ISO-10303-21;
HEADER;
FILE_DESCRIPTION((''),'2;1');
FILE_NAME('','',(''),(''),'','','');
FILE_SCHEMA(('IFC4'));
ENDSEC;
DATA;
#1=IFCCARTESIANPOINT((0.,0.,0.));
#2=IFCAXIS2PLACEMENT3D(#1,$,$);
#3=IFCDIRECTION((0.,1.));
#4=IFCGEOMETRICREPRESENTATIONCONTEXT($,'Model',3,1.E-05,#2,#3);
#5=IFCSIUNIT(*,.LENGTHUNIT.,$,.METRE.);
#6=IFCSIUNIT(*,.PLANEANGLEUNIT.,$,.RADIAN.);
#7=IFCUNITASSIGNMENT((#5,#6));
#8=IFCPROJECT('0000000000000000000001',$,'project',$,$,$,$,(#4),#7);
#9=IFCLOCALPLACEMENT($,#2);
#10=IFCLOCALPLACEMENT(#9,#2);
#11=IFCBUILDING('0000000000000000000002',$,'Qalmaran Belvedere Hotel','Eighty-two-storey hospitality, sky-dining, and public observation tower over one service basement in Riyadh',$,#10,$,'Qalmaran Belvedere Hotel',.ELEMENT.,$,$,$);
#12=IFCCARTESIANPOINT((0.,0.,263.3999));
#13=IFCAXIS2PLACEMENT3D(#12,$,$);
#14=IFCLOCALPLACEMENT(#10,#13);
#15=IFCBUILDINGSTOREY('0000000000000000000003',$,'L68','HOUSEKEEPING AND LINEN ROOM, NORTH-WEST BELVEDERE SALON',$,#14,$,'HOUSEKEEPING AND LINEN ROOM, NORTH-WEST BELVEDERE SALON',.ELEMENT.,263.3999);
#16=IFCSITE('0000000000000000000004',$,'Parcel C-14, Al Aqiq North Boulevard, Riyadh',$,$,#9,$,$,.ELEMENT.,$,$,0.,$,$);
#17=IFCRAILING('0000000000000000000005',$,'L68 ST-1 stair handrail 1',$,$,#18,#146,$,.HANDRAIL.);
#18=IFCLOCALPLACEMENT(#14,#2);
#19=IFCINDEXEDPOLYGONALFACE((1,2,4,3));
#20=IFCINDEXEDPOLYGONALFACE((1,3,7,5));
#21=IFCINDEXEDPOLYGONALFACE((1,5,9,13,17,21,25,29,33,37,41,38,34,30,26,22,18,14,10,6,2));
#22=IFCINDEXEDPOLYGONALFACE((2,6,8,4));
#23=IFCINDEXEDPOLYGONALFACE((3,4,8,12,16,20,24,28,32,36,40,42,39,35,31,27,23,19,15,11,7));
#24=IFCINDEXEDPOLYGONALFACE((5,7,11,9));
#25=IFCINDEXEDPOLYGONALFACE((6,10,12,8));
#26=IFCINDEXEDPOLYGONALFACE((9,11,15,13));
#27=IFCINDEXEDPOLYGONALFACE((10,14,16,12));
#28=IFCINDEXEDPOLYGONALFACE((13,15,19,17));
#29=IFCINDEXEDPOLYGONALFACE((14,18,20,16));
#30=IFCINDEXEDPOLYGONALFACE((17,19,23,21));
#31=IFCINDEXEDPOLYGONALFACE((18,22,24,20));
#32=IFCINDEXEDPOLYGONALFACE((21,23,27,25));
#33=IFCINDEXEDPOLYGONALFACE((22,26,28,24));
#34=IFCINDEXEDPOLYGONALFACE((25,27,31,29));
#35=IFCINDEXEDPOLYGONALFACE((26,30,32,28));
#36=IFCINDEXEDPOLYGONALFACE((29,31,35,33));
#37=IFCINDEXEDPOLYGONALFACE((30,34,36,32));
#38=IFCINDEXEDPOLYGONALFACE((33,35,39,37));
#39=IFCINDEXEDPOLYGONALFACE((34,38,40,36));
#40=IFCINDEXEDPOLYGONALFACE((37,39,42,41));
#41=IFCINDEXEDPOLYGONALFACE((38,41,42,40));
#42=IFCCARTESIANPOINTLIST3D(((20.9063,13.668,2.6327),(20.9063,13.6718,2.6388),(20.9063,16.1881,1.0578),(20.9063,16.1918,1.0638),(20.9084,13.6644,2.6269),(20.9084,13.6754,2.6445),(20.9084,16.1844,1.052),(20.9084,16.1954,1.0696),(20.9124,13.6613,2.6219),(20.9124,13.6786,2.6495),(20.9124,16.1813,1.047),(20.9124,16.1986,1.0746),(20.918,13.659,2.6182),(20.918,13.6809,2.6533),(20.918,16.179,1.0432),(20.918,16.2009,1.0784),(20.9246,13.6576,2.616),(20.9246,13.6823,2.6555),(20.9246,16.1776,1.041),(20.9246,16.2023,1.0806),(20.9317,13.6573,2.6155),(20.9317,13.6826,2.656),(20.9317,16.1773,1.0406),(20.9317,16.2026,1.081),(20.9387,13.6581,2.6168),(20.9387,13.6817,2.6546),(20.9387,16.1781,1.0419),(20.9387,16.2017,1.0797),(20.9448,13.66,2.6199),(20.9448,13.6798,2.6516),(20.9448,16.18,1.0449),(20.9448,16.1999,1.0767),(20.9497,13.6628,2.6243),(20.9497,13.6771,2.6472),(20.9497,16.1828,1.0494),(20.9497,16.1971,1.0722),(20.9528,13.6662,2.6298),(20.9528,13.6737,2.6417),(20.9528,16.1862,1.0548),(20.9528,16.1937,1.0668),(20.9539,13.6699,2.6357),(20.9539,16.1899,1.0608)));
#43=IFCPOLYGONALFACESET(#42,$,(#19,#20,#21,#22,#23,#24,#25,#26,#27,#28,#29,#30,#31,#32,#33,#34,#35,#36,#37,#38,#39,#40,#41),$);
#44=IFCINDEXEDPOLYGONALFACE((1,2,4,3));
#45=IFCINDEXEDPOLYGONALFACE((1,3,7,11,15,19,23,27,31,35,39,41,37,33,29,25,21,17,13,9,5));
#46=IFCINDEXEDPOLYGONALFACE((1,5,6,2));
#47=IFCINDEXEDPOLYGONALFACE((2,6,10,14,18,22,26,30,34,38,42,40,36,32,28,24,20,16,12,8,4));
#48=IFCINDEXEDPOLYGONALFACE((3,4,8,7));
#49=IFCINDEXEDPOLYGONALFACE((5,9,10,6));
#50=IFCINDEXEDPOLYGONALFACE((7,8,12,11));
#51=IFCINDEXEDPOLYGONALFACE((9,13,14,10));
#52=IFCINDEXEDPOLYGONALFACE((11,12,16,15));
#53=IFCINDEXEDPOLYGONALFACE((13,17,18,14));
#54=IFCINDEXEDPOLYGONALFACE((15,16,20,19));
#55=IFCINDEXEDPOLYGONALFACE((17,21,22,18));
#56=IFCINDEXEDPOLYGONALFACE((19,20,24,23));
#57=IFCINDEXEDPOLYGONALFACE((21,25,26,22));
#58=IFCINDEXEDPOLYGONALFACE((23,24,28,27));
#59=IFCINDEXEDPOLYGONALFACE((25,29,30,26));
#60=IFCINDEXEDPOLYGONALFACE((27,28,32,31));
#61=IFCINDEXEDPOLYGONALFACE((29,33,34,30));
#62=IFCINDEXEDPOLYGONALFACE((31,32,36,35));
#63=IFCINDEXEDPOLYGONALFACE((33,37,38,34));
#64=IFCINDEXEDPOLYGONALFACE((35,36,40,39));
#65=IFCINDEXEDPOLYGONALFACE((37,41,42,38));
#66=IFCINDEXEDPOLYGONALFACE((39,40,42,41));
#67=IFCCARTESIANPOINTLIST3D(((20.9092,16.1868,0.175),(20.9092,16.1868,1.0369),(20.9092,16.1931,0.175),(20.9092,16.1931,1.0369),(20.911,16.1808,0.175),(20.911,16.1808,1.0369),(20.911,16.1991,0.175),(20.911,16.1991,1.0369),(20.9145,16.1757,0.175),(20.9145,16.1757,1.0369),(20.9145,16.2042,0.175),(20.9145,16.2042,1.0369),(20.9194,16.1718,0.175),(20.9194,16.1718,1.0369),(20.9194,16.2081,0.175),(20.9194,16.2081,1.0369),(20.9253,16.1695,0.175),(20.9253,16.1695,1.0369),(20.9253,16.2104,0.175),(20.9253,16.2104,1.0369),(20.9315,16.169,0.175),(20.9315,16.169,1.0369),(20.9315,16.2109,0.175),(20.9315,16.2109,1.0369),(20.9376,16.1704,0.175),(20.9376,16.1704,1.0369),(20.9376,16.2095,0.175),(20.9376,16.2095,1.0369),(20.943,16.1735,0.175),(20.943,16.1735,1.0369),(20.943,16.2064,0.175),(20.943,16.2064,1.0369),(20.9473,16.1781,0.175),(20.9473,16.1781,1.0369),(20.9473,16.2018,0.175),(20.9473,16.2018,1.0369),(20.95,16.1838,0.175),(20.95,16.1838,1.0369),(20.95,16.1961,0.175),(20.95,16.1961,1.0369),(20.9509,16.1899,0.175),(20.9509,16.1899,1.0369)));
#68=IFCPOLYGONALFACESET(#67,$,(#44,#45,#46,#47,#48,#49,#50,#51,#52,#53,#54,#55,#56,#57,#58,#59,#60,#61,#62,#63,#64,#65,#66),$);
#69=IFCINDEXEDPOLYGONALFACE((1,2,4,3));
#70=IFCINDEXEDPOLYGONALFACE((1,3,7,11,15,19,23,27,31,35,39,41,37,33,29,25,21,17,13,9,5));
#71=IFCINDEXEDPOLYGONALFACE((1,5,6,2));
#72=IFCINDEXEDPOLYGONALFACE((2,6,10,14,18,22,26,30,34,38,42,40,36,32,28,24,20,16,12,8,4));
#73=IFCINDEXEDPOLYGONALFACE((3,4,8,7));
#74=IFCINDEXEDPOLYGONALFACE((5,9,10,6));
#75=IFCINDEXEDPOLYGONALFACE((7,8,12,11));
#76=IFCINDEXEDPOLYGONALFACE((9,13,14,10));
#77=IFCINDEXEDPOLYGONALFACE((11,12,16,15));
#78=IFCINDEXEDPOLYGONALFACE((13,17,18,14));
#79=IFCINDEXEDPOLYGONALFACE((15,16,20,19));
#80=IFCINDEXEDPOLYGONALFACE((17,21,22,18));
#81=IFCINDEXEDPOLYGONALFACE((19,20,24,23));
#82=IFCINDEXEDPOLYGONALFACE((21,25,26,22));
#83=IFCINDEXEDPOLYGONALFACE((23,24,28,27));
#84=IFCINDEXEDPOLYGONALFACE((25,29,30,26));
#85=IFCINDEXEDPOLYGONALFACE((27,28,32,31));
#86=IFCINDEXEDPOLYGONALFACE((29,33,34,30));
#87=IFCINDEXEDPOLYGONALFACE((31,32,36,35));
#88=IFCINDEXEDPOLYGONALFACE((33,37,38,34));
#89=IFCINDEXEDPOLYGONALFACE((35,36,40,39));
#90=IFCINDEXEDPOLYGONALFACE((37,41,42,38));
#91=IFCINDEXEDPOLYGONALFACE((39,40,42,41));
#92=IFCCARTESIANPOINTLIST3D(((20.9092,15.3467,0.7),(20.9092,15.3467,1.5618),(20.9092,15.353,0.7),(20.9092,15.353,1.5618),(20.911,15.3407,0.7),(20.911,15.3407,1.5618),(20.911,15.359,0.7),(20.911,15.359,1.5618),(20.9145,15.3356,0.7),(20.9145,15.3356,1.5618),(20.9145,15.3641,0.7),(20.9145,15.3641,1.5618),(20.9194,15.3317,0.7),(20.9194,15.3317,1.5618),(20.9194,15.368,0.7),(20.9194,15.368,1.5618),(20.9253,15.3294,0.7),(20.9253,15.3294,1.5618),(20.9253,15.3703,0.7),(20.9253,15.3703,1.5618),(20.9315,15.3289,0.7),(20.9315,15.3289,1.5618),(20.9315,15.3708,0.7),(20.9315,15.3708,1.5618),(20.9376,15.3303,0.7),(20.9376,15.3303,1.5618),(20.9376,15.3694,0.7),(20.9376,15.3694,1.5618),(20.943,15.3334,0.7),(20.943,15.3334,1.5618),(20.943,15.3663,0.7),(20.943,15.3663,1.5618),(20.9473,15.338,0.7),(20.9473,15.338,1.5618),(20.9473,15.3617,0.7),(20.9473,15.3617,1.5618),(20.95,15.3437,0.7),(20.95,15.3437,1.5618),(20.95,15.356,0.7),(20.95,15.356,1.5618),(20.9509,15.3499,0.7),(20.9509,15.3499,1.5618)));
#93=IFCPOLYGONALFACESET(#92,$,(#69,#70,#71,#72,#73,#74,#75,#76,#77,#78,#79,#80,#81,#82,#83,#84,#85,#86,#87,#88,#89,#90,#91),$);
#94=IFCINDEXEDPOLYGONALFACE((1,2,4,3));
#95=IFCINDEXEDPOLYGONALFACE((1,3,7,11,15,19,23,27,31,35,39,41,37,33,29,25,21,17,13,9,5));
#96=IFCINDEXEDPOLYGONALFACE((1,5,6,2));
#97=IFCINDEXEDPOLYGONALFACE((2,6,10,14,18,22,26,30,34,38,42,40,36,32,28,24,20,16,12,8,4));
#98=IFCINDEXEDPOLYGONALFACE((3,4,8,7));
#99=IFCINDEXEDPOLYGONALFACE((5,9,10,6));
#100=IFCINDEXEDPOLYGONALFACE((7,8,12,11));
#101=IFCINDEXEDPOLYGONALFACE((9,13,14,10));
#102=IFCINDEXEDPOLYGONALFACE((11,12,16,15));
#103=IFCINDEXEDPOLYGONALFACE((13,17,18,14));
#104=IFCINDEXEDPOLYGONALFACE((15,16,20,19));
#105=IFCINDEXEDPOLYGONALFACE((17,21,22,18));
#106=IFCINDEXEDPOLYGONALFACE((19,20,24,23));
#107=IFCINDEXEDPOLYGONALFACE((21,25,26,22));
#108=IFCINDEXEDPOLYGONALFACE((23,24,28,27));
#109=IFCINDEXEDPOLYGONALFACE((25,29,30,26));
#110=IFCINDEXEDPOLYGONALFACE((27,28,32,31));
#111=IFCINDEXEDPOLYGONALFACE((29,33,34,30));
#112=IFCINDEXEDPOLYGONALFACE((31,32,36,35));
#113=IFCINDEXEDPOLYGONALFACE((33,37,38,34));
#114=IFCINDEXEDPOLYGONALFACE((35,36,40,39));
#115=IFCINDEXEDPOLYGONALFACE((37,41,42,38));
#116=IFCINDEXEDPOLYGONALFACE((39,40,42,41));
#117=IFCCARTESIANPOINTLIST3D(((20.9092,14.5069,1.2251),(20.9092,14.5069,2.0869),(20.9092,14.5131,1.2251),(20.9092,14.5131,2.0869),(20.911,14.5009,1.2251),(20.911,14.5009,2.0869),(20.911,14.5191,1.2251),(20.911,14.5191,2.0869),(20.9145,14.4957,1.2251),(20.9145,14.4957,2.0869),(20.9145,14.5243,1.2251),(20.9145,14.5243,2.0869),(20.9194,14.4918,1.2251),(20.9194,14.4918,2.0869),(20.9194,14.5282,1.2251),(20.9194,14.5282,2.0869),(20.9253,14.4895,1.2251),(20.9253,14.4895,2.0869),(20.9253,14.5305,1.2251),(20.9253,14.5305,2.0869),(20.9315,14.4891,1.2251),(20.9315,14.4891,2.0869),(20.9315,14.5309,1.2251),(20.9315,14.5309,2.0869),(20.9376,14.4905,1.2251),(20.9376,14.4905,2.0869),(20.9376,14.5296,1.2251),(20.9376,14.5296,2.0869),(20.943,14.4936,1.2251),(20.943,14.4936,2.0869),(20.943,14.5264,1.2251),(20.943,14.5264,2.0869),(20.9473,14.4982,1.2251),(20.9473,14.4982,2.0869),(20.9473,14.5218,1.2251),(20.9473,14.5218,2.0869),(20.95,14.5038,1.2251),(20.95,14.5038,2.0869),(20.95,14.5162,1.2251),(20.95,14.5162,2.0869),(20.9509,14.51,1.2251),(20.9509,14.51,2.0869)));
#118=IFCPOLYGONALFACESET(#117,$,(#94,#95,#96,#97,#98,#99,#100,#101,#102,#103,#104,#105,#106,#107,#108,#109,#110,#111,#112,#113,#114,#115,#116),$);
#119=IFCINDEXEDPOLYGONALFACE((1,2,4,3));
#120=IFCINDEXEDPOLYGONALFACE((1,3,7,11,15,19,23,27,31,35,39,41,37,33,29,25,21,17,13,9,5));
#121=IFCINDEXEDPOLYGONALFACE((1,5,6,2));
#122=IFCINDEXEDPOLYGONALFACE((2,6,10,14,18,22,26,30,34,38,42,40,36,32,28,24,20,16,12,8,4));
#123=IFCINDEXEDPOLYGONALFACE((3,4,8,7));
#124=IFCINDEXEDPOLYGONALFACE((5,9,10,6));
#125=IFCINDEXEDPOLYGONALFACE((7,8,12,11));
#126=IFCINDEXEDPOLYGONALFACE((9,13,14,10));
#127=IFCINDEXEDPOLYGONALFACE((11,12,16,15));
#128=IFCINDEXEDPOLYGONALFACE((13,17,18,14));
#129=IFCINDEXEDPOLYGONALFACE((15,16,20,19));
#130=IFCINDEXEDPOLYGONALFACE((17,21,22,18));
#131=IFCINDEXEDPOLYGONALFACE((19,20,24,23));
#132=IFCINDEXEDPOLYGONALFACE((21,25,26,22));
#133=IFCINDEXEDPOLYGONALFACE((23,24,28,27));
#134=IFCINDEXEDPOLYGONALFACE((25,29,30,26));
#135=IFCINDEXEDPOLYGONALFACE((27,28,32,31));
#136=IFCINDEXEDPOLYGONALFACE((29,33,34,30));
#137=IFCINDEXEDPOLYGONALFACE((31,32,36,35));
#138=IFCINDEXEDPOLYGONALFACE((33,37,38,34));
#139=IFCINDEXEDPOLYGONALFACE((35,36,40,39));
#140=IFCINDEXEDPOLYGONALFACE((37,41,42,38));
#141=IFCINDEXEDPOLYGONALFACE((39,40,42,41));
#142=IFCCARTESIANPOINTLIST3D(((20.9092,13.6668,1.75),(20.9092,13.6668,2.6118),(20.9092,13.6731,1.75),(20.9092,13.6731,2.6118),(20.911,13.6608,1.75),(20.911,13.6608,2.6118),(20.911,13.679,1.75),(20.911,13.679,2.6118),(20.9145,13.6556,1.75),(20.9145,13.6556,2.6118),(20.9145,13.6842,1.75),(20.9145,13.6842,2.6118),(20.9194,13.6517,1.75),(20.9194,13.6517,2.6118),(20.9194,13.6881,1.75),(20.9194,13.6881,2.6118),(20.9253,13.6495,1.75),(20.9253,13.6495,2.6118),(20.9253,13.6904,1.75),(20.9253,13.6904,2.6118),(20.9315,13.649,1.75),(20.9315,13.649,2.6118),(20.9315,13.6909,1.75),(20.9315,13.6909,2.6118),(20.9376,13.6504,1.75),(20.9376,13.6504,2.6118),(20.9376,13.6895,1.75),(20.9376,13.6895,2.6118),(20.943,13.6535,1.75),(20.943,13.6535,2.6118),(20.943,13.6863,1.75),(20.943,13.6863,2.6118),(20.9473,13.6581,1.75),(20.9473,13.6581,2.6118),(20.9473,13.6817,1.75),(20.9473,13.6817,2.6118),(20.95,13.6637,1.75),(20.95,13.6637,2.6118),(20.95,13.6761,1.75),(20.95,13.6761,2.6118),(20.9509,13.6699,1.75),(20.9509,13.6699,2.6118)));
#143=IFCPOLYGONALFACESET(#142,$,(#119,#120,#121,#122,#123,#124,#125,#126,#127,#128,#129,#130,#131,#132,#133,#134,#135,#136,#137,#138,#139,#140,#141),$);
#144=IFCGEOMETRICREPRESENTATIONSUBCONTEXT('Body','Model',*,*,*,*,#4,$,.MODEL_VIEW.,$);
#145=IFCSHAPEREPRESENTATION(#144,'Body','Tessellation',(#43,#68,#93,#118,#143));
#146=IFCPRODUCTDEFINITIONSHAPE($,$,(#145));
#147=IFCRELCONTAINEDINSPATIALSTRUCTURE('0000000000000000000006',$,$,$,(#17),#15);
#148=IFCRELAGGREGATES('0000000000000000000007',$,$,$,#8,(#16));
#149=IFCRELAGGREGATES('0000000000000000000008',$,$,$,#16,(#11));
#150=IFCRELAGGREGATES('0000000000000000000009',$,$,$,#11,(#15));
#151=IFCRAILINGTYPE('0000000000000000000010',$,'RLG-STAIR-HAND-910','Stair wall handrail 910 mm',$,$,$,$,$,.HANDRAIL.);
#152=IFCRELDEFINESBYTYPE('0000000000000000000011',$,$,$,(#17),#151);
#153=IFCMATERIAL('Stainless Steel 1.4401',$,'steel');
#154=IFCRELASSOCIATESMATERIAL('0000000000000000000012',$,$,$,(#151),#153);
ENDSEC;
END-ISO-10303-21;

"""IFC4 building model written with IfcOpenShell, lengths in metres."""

from ifc_helpers import new_model, si_unit, direction, frame, origin, origin_2d, place, context, subcontext, project, spatial, circle, extrude, material, type_object, element, save


model = new_model("IFC4")

# Units and contexts
model_context = context("Model", 3, precision=1e-05, world=origin(), true_north=direction((0.0, 1.0)))
body_context = subcontext(model_context, "Body", "Model", "MODEL_VIEW")
ifc_project = project(units=[si_unit("LENGTHUNIT", "METRE"), si_unit("PLANEANGLEUNIT", "RADIAN")], contexts=[model_context])

# Site, building, storey
site_placement = place(None, origin())
site = spatial("IfcSite", under=ifc_project, at=site_placement, Name="Parcel C-14, Al Aqiq North Boulevard, Riyadh", CompositionType="ELEMENT", RefElevation=0.0)
building_placement = place(site_placement, origin())
building = spatial("IfcBuilding", under=site, at=building_placement, Name="Qalmaran Belvedere Hotel", Description="Eighty-two-storey hospitality, sky-dining, and public observation tower over one service basement in Riyadh", LongName="Qalmaran Belvedere Hotel", CompositionType="ELEMENT")
storey_placement = place(building_placement, frame((0.0, 0.0, 263.3999)))
storey = spatial("IfcBuildingStorey", under=building, at=storey_placement, Name="L68", Description="HOUSEKEEPING AND LINEN ROOM, NORTH-WEST BELVEDERE SALON", LongName="HOUSEKEEPING AND LINEN ROOM, NORTH-WEST BELVEDERE SALON", CompositionType="ELEMENT", Elevation=263.3999)

# Railing
ifc_material_1 = material(Name="Stainless Steel 1.4401", Category="steel")
railing_type_1 = type_object("IfcRailingType", Name="RLG-STAIR-HAND-910", Description="Stair wall handrail 910 mm", PredefinedType="HANDRAIL", material=ifc_material_1)
railing_1_placement = place(storey_placement, frame((20.9299, 16.1899, 0.175)))
element("IfcRailing", 1, at=railing_1_placement, inside=storey, type_object=railing_type_1, Name="L68 ST-1 stair handrail 1", PredefinedType="HANDRAIL", context=body_context, shape_type="SweptSolid", body=[
    extrude(circle(Radius=0.0239, at=origin_2d()), frame((0.0, 0.0, 0.8857), z_axis=(0.0, -0.848008, 0.529984), x_axis=(1.0, 0.0, 0.0)), (0.0, 0.0, 1.0), 2.9717),
    extrude(circle(Radius=0.021, at=origin_2d()), origin(), (0.0, 0.0, 1.0), 0.8618),
    extrude(circle(Radius=0.021, at=origin_2d()), frame((0.0, -0.8401, 0.5249)), (0.0, 0.0, 1.0), 0.8618),
    extrude(circle(Radius=0.021, at=origin_2d()), frame((0.0, -1.6799, 1.05)), (0.0, 0.0, 1.0), 0.8618),
    extrude(circle(Radius=0.021, at=origin_2d()), frame((0.0, -2.52, 1.575)), (0.0, 0.0, 1.0), 0.8618),
])

save(model, "model.ifc")
